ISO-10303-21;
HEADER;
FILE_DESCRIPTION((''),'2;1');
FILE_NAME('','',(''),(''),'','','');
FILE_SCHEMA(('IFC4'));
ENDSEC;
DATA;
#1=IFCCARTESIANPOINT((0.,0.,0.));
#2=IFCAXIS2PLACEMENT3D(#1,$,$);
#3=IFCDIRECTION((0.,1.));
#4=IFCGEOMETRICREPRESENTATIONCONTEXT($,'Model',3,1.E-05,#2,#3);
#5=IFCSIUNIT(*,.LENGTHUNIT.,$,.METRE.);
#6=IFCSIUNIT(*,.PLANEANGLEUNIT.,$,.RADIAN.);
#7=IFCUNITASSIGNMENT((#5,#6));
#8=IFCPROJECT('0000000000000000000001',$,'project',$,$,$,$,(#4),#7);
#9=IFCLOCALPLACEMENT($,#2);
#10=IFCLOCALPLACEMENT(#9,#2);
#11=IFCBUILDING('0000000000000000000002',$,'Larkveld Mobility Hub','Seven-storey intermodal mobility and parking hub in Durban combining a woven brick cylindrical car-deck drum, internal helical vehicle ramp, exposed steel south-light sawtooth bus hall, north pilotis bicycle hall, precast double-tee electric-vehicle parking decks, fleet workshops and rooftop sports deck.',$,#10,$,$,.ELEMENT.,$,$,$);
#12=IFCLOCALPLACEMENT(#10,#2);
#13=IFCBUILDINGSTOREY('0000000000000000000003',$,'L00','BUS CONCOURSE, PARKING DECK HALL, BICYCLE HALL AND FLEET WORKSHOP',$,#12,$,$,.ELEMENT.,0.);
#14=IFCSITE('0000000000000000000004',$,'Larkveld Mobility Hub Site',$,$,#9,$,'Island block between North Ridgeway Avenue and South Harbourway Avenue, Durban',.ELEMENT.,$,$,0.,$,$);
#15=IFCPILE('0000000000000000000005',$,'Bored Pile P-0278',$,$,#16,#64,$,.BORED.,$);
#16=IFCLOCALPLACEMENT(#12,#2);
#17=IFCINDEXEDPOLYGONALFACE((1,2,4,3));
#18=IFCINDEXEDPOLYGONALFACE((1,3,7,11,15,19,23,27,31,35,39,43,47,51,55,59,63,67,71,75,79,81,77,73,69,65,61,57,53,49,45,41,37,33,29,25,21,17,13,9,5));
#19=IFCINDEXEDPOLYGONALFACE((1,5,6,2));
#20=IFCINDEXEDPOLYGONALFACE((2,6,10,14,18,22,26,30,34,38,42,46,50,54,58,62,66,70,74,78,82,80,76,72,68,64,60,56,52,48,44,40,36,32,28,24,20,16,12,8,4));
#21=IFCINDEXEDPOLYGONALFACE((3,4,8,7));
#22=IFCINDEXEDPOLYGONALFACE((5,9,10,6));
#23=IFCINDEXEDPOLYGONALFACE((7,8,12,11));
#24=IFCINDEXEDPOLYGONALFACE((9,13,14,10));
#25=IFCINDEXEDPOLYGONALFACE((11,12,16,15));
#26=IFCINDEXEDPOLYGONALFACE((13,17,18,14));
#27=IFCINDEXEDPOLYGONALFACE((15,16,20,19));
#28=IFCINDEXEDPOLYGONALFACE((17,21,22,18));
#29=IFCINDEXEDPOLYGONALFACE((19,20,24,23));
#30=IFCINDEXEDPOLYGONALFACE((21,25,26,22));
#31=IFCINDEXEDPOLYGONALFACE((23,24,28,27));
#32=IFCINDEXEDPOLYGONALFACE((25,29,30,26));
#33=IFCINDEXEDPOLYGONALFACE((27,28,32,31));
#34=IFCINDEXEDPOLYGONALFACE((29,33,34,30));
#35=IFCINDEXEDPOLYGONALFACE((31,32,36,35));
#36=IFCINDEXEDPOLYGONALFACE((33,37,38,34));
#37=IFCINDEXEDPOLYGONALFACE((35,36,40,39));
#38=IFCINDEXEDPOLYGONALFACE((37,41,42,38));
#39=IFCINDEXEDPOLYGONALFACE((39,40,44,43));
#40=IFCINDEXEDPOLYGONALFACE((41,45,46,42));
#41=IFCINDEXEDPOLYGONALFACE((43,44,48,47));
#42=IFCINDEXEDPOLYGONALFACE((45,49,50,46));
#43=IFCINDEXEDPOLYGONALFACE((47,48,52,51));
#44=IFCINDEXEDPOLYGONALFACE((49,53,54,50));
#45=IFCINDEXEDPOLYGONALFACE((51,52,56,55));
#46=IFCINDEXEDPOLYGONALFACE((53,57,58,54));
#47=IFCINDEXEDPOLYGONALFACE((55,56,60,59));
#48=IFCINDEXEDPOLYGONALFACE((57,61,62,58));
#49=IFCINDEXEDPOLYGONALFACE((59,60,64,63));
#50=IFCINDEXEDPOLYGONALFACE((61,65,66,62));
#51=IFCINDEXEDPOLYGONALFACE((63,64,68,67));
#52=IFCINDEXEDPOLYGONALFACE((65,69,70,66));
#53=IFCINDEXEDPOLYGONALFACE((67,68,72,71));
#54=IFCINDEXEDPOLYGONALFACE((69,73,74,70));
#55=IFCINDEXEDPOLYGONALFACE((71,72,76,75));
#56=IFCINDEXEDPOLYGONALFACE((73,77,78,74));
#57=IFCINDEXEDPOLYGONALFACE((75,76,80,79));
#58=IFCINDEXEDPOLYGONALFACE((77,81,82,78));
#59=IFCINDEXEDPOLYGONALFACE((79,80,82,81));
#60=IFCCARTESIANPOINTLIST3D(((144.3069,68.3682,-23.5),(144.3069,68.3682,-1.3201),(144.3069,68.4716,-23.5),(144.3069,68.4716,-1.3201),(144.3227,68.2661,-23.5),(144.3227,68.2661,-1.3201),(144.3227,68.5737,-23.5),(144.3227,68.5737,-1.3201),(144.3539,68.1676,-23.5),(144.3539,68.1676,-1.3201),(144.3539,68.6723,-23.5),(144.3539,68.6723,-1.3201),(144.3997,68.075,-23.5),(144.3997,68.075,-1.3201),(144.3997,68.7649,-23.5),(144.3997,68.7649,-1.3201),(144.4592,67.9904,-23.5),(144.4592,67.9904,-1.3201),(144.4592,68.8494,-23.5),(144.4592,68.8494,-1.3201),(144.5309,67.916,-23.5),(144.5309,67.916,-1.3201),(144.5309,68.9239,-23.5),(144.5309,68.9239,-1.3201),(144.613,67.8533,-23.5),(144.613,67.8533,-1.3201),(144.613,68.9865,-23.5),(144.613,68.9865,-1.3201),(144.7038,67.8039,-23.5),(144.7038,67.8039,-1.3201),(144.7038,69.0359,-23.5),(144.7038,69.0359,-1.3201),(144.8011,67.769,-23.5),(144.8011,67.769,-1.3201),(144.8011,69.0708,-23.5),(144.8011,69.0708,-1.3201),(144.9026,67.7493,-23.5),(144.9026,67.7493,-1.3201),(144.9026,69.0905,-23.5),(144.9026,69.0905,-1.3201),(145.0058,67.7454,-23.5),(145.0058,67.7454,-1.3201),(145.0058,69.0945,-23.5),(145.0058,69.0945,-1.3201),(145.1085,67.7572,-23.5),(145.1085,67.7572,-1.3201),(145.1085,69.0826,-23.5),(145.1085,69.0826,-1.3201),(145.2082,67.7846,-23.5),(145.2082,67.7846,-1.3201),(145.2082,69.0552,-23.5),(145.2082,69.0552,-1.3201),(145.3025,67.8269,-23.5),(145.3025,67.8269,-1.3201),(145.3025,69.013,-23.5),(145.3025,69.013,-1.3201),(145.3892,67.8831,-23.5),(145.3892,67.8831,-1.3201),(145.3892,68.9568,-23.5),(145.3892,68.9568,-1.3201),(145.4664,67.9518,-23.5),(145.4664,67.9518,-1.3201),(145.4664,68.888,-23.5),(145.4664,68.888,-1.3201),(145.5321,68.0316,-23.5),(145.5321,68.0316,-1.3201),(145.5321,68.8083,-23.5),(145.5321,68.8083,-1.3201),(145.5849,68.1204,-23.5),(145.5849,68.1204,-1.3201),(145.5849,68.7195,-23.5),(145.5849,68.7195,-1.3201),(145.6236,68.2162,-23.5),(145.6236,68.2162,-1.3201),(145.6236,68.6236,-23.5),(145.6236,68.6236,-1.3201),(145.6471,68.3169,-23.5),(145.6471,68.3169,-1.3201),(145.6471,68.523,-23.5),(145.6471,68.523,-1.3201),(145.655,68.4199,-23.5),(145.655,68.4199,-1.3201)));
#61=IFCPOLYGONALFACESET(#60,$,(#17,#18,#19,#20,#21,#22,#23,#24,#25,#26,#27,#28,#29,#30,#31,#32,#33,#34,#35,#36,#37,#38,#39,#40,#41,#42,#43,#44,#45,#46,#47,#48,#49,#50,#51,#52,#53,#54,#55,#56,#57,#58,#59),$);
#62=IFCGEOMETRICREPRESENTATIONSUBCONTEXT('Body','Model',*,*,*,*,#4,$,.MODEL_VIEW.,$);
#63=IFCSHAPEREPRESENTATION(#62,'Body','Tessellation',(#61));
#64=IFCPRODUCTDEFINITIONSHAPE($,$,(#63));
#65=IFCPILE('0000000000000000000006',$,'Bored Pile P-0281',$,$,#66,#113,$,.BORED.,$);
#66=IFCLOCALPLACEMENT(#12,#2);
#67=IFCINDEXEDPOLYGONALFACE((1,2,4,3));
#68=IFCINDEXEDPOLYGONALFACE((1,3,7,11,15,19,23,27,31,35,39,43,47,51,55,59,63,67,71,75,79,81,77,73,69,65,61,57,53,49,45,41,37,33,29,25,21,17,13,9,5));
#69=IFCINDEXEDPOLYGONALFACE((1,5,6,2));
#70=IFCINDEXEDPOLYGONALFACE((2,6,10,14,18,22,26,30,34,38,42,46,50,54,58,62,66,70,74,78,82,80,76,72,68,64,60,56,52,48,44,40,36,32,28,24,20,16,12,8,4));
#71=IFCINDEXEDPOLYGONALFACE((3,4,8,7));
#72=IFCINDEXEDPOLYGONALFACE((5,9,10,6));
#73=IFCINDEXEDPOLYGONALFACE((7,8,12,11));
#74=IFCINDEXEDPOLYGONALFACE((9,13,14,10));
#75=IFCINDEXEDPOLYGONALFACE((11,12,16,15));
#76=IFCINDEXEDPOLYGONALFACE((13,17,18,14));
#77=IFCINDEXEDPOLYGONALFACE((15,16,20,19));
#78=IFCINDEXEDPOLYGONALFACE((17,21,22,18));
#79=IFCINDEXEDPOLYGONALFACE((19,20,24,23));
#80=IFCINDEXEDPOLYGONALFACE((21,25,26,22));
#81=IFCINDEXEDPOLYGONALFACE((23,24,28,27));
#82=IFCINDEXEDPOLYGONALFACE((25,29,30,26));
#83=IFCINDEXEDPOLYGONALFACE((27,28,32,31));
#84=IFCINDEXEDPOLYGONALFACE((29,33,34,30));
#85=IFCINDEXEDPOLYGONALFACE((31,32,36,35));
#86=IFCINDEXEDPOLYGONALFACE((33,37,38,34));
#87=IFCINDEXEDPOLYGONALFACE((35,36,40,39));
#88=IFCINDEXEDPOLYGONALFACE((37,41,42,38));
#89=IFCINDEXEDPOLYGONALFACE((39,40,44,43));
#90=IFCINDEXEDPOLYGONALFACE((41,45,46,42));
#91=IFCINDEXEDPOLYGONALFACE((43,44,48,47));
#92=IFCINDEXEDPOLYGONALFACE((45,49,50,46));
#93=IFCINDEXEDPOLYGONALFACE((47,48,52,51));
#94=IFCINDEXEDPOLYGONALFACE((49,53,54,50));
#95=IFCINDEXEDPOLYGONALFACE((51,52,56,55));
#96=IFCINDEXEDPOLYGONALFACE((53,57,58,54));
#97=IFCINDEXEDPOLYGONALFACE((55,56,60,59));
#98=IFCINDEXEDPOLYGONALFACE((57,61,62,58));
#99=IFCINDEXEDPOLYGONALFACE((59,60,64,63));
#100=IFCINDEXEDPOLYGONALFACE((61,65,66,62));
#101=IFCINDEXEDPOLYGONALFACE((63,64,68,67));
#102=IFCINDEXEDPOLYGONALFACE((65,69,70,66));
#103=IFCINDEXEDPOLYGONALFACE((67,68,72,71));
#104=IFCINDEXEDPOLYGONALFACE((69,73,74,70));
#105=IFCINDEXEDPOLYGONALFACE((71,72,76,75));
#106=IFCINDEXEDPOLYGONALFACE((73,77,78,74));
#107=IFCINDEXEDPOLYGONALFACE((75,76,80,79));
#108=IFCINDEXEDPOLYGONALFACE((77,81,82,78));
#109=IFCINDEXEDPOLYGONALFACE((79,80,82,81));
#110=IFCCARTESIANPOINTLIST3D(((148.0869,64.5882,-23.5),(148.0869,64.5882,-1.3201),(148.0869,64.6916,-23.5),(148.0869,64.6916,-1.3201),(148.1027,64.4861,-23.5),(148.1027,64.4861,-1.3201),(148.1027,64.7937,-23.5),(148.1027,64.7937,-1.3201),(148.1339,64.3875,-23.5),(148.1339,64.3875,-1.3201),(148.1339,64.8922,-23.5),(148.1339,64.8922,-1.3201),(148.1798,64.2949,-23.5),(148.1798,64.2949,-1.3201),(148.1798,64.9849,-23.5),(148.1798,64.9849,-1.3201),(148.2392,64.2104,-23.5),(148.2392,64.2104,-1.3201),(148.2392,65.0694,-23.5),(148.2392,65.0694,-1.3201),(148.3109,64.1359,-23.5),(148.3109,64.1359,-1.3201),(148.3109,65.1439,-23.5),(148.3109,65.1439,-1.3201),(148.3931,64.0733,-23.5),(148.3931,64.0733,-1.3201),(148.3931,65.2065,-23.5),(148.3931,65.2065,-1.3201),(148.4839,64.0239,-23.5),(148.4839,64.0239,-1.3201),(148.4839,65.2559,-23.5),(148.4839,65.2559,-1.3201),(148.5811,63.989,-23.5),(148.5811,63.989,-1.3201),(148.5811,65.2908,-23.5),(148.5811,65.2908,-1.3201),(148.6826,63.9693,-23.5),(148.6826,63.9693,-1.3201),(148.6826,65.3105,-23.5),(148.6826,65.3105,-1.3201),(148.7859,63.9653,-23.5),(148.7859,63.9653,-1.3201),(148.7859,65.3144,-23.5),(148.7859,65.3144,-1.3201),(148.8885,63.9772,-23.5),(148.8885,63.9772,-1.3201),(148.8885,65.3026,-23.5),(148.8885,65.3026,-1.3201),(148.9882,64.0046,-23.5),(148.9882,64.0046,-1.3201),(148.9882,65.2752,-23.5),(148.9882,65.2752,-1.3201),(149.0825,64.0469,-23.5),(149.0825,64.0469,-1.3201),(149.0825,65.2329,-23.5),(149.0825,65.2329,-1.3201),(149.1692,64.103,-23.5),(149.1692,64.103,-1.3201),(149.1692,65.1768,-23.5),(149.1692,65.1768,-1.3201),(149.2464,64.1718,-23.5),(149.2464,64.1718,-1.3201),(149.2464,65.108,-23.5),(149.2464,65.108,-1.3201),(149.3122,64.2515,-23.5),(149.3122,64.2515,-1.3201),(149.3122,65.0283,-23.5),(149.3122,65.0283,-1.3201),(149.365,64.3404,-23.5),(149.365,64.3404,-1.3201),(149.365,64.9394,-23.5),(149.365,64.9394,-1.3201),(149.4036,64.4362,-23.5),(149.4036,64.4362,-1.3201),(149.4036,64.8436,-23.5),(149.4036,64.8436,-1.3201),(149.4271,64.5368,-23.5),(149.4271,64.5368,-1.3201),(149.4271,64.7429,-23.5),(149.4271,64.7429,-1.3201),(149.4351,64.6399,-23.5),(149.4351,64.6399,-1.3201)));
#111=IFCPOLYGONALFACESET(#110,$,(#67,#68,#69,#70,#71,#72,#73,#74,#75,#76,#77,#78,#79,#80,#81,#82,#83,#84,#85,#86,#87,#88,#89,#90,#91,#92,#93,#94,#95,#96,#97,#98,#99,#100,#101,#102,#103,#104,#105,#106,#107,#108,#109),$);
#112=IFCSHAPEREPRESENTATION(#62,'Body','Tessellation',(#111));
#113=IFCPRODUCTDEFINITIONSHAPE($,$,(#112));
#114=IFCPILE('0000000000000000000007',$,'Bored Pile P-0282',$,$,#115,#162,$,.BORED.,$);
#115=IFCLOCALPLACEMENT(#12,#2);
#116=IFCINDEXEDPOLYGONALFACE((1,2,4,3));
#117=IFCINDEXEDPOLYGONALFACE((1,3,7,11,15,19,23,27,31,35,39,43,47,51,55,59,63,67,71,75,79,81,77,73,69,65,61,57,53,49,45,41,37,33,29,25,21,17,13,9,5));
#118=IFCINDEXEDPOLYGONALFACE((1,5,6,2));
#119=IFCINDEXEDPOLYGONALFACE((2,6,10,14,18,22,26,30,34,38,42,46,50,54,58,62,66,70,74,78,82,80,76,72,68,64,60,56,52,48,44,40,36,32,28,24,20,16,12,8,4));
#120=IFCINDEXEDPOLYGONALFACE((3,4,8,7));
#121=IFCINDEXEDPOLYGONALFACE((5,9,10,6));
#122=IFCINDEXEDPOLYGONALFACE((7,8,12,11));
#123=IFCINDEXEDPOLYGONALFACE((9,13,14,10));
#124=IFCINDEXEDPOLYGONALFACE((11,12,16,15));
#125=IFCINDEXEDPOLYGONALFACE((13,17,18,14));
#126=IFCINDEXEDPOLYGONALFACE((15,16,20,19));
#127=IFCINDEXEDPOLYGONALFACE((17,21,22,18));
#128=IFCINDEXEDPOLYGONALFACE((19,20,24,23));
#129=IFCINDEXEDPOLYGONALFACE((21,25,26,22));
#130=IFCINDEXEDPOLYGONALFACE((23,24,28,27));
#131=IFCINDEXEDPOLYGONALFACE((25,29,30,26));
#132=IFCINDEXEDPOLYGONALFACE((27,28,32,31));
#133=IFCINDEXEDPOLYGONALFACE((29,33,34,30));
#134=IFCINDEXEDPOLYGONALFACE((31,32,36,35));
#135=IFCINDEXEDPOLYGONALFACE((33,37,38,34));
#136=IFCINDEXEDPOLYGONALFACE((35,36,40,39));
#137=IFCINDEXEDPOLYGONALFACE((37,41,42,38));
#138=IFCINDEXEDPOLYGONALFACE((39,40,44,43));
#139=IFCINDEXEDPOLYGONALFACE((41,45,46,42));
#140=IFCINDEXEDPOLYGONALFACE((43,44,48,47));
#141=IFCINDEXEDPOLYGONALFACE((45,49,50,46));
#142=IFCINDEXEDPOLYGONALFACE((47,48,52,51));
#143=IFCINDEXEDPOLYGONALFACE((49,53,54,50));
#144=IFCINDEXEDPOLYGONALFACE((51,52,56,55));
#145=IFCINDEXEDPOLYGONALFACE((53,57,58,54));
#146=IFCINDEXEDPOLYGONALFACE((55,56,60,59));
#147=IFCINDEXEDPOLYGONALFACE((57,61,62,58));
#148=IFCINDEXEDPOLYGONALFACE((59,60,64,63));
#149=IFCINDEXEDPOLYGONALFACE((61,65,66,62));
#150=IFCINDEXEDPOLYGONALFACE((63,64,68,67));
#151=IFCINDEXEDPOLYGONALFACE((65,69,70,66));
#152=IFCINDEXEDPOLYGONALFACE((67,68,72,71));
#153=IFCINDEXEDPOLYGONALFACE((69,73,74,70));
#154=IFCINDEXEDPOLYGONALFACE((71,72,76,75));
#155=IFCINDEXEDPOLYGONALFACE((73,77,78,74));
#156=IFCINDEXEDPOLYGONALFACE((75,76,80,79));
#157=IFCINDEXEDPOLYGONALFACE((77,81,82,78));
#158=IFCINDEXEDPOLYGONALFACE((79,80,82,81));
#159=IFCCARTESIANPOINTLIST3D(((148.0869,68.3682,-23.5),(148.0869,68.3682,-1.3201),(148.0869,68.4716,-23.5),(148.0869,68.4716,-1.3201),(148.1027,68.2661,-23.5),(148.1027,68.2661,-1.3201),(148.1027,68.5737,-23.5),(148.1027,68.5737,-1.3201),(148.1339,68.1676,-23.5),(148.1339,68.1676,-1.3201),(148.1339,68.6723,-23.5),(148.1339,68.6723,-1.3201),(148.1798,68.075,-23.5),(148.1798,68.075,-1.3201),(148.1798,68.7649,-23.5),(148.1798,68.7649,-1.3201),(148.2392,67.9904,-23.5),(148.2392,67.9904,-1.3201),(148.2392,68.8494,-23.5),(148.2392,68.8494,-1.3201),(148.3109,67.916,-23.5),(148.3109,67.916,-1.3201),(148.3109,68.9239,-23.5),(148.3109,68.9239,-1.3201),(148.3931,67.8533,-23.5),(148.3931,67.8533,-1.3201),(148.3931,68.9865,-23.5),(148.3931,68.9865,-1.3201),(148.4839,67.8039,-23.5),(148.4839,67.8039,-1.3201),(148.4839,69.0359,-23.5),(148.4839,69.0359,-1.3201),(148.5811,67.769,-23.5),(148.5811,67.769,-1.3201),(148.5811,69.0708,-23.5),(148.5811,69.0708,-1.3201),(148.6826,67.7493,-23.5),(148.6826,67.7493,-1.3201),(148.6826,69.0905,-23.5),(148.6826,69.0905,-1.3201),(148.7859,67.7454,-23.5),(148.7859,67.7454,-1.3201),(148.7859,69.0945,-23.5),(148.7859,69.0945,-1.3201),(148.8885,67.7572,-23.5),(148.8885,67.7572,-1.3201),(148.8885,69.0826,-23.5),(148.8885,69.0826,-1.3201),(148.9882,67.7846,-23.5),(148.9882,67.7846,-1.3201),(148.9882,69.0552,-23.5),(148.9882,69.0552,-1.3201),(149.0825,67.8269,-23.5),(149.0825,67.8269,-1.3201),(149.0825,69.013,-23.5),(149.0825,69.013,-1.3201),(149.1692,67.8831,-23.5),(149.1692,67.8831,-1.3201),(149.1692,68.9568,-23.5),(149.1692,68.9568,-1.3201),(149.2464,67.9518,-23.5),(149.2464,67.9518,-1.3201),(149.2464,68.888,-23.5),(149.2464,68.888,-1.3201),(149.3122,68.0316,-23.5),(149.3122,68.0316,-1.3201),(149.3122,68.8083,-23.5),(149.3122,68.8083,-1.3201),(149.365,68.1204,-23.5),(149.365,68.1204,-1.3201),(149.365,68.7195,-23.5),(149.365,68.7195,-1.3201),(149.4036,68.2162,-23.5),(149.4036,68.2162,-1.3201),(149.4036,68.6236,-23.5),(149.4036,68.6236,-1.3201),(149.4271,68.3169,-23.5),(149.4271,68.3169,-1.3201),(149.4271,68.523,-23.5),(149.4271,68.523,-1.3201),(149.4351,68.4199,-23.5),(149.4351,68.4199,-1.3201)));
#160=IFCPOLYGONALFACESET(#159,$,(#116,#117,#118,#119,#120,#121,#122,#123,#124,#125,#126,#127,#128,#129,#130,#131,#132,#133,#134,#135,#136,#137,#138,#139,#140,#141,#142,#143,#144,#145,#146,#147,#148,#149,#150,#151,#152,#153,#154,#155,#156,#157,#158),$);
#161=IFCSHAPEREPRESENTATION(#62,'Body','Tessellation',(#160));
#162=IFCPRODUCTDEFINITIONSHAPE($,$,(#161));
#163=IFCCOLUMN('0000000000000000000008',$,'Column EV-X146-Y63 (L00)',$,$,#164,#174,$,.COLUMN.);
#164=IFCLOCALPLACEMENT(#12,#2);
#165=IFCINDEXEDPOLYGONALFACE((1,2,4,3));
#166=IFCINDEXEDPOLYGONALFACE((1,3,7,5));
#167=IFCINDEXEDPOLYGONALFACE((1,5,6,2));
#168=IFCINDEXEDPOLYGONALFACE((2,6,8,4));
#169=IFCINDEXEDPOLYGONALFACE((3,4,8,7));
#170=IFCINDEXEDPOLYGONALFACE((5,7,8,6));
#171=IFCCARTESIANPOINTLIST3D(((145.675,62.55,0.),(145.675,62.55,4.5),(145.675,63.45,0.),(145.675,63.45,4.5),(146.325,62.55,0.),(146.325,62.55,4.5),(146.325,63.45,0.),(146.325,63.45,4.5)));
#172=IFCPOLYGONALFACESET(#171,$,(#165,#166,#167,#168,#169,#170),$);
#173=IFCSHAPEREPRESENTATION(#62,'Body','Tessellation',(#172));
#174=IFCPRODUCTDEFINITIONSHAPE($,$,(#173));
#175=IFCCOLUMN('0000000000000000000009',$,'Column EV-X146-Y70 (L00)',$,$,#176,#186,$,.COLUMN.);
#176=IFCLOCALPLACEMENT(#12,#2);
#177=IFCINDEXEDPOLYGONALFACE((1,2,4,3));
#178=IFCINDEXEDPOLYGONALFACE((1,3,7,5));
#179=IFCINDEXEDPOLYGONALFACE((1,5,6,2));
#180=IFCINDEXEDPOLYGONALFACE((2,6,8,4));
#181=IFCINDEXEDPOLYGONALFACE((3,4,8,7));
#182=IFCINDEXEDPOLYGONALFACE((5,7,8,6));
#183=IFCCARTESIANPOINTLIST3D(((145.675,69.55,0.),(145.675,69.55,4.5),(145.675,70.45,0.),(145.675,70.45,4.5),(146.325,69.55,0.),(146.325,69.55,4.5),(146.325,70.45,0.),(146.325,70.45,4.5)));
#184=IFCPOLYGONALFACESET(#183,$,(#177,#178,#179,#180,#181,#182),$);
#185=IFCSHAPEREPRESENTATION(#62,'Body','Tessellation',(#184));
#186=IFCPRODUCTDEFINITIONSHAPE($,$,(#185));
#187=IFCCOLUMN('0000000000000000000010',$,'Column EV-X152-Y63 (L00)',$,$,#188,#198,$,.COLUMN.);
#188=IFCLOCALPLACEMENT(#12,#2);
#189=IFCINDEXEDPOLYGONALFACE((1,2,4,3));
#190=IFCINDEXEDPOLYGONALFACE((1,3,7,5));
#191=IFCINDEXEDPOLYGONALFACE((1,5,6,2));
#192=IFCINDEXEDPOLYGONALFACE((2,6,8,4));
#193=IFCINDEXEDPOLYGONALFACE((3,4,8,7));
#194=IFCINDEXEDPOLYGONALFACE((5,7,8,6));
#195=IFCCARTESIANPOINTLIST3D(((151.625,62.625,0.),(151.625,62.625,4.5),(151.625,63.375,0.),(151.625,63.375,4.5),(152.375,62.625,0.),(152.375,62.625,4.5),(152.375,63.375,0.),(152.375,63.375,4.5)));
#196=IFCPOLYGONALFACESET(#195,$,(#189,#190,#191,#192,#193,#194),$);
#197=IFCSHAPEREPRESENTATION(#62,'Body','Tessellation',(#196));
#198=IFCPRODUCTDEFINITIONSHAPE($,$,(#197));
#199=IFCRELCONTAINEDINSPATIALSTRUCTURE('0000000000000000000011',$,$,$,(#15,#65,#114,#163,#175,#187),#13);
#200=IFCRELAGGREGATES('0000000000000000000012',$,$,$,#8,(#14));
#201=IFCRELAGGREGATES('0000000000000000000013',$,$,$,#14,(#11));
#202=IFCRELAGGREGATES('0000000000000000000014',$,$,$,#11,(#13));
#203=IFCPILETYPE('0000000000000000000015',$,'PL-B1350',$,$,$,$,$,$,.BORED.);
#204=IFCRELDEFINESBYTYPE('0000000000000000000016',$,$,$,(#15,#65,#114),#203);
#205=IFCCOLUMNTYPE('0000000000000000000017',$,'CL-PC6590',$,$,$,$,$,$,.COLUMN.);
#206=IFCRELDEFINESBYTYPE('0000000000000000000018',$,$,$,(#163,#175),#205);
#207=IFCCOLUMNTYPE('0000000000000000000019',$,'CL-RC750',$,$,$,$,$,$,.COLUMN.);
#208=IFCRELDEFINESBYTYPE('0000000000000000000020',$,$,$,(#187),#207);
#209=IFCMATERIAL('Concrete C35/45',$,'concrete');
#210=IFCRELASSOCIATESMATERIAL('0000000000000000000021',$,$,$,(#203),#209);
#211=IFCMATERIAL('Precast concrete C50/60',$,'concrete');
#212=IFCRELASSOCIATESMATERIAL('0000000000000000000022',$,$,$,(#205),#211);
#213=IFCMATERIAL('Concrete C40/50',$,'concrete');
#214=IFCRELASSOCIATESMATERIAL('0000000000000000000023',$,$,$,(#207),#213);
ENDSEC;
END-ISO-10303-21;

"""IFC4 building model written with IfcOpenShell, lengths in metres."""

from ifc_helpers import new_model, si_unit, direction, frame, origin, origin_2d, place, context, subcontext, project, spatial, rectangle, circle, extrude, material, material_profile, profile_set, type_object, element, save


model = new_model("IFC4")

# Units and contexts
model_context = context("Model", 3, precision=1e-05, world=origin(), true_north=direction((0.0, 1.0)))
body_context = subcontext(model_context, "Body", "Model", "MODEL_VIEW")
ifc_project = project(units=[si_unit("LENGTHUNIT", "METRE"), si_unit("PLANEANGLEUNIT", "RADIAN")], contexts=[model_context])

# Site, building, storey
site_placement = place(None, origin())
site = spatial("IfcSite", under=ifc_project, at=site_placement, Name="Larkveld Mobility Hub Site", LongName="Island block between North Ridgeway Avenue and South Harbourway Avenue, Durban", CompositionType="ELEMENT", RefElevation=0.0)
building_placement = place(site_placement, origin())
building = spatial("IfcBuilding", under=site, at=building_placement, Name="Larkveld Mobility Hub", Description="Seven-storey intermodal mobility and parking hub in Durban combining a woven brick cylindrical car-deck drum, internal helical vehicle ramp, exposed steel south-light sawtooth bus hall, north pilotis bicycle hall, precast double-tee electric-vehicle parking decks, fleet workshops and rooftop sports deck.", CompositionType="ELEMENT")
storey_placement = place(building_placement, origin())
storey = spatial("IfcBuildingStorey", under=building, at=storey_placement, Name="L00", Description="BUS CONCOURSE, PARKING DECK HALL, BICYCLE HALL AND FLEET WORKSHOP", CompositionType="ELEMENT", Elevation=0.0)

# Shared definitions
ifc_material_1 = material(Name="Concrete C35/45", Category="concrete")

# Piles
ifc_material_profile_1 = material_profile(ifc_material_1, circle(Radius=0.675, at=origin_2d()), Name="PILE D1350")
ifc_profile_set_1 = profile_set([ifc_material_profile_1], Name="Concrete C35/45")
pile_type_1 = type_object("IfcPileType", Name="PL-B1350", PredefinedType="BORED", material=ifc_profile_set_1)
for number, where, z_axis, x_axis, name in (
    (1, (144.98, 68.4199, -1.3201), (0.0, 0.0, -1.0), (1.0, 0.0, 0.0), "Bored Pile P-0278"),
    (2, (148.76, 64.6399, -1.3201), (0.0, 0.0, -1.0), (1.0, 0.0, 0.0), "Bored Pile P-0281"),
    (3, (148.76, 68.4199, -1.3201), (0.0, 0.0, -1.0), (1.0, 0.0, 0.0), "Bored Pile P-0282"),
):
    element("IfcPile", number, at=place(storey_placement, frame(where, z_axis=z_axis, x_axis=x_axis)), inside=storey, type_object=pile_type_1, Name=name, PredefinedType="BORED", context=body_context, shape_type="SweptSolid", body=[
        extrude(circle(Radius=0.675, at=origin_2d()), origin(), (0.0, 0.0, 1.0), 22.1799),
    ])

# Columns
ifc_material_2 = material(Name="Precast concrete C50/60", Category="concrete")
ifc_material_profile_2 = material_profile(ifc_material_2, rectangle(XDim=0.6499, YDim=0.8999, at=origin_2d()), Name="RC COL 650x900")
ifc_profile_set_2 = profile_set([ifc_material_profile_2], Name="Precast concrete C50/60")
column_type_1 = type_object("IfcColumnType", Name="CL-PC6590", PredefinedType="COLUMN", material=ifc_profile_set_2)
for number, where, z_axis, x_axis, name in (
    (4, (146.0, 63.0, 0.0), (0.0, 0.0, 1.0), (1.0, 0.0, 0.0), "Column EV-X146-Y63 (L00)"),
    (5, (146.0, 70.0, 0.0), (0.0, 0.0, 1.0), (1.0, 0.0, 0.0), "Column EV-X146-Y70 (L00)"),
):
    element("IfcColumn", number, at=place(storey_placement, frame(where, z_axis=z_axis, x_axis=x_axis)), inside=storey, type_object=column_type_1, Name=name, PredefinedType="COLUMN", context=body_context, shape_type="SweptSolid", body=[
        extrude(rectangle(XDim=0.6499, YDim=0.8999, at=origin_2d()), origin(), (0.0, 0.0, 1.0), 4.5),
    ])
ifc_material_3 = material(Name="Concrete C40/50", Category="concrete")
ifc_material_profile_3 = material_profile(ifc_material_3, rectangle(XDim=0.75, YDim=0.75, at=origin_2d()), Name="RC COL 750x750")
ifc_profile_set_3 = profile_set([ifc_material_profile_3], Name="Concrete C40/50")
column_type_2 = type_object("IfcColumnType", Name="CL-RC750", PredefinedType="COLUMN", material=ifc_profile_set_3)
for number, where, z_axis, x_axis, name in (
    (6, (152.0, 63.0, 0.0), (0.0, 0.0, 1.0), (1.0, 0.0, 0.0), "Column EV-X152-Y63 (L00)"),
):
    element("IfcColumn", number, at=place(storey_placement, frame(where, z_axis=z_axis, x_axis=x_axis)), inside=storey, type_object=column_type_2, Name=name, PredefinedType="COLUMN", context=body_context, shape_type="SweptSolid", body=[
        extrude(rectangle(XDim=0.75, YDim=0.75, at=origin_2d()), origin(), (0.0, 0.0, 1.0), 4.5),
    ])

save(model, "model.ifc")
